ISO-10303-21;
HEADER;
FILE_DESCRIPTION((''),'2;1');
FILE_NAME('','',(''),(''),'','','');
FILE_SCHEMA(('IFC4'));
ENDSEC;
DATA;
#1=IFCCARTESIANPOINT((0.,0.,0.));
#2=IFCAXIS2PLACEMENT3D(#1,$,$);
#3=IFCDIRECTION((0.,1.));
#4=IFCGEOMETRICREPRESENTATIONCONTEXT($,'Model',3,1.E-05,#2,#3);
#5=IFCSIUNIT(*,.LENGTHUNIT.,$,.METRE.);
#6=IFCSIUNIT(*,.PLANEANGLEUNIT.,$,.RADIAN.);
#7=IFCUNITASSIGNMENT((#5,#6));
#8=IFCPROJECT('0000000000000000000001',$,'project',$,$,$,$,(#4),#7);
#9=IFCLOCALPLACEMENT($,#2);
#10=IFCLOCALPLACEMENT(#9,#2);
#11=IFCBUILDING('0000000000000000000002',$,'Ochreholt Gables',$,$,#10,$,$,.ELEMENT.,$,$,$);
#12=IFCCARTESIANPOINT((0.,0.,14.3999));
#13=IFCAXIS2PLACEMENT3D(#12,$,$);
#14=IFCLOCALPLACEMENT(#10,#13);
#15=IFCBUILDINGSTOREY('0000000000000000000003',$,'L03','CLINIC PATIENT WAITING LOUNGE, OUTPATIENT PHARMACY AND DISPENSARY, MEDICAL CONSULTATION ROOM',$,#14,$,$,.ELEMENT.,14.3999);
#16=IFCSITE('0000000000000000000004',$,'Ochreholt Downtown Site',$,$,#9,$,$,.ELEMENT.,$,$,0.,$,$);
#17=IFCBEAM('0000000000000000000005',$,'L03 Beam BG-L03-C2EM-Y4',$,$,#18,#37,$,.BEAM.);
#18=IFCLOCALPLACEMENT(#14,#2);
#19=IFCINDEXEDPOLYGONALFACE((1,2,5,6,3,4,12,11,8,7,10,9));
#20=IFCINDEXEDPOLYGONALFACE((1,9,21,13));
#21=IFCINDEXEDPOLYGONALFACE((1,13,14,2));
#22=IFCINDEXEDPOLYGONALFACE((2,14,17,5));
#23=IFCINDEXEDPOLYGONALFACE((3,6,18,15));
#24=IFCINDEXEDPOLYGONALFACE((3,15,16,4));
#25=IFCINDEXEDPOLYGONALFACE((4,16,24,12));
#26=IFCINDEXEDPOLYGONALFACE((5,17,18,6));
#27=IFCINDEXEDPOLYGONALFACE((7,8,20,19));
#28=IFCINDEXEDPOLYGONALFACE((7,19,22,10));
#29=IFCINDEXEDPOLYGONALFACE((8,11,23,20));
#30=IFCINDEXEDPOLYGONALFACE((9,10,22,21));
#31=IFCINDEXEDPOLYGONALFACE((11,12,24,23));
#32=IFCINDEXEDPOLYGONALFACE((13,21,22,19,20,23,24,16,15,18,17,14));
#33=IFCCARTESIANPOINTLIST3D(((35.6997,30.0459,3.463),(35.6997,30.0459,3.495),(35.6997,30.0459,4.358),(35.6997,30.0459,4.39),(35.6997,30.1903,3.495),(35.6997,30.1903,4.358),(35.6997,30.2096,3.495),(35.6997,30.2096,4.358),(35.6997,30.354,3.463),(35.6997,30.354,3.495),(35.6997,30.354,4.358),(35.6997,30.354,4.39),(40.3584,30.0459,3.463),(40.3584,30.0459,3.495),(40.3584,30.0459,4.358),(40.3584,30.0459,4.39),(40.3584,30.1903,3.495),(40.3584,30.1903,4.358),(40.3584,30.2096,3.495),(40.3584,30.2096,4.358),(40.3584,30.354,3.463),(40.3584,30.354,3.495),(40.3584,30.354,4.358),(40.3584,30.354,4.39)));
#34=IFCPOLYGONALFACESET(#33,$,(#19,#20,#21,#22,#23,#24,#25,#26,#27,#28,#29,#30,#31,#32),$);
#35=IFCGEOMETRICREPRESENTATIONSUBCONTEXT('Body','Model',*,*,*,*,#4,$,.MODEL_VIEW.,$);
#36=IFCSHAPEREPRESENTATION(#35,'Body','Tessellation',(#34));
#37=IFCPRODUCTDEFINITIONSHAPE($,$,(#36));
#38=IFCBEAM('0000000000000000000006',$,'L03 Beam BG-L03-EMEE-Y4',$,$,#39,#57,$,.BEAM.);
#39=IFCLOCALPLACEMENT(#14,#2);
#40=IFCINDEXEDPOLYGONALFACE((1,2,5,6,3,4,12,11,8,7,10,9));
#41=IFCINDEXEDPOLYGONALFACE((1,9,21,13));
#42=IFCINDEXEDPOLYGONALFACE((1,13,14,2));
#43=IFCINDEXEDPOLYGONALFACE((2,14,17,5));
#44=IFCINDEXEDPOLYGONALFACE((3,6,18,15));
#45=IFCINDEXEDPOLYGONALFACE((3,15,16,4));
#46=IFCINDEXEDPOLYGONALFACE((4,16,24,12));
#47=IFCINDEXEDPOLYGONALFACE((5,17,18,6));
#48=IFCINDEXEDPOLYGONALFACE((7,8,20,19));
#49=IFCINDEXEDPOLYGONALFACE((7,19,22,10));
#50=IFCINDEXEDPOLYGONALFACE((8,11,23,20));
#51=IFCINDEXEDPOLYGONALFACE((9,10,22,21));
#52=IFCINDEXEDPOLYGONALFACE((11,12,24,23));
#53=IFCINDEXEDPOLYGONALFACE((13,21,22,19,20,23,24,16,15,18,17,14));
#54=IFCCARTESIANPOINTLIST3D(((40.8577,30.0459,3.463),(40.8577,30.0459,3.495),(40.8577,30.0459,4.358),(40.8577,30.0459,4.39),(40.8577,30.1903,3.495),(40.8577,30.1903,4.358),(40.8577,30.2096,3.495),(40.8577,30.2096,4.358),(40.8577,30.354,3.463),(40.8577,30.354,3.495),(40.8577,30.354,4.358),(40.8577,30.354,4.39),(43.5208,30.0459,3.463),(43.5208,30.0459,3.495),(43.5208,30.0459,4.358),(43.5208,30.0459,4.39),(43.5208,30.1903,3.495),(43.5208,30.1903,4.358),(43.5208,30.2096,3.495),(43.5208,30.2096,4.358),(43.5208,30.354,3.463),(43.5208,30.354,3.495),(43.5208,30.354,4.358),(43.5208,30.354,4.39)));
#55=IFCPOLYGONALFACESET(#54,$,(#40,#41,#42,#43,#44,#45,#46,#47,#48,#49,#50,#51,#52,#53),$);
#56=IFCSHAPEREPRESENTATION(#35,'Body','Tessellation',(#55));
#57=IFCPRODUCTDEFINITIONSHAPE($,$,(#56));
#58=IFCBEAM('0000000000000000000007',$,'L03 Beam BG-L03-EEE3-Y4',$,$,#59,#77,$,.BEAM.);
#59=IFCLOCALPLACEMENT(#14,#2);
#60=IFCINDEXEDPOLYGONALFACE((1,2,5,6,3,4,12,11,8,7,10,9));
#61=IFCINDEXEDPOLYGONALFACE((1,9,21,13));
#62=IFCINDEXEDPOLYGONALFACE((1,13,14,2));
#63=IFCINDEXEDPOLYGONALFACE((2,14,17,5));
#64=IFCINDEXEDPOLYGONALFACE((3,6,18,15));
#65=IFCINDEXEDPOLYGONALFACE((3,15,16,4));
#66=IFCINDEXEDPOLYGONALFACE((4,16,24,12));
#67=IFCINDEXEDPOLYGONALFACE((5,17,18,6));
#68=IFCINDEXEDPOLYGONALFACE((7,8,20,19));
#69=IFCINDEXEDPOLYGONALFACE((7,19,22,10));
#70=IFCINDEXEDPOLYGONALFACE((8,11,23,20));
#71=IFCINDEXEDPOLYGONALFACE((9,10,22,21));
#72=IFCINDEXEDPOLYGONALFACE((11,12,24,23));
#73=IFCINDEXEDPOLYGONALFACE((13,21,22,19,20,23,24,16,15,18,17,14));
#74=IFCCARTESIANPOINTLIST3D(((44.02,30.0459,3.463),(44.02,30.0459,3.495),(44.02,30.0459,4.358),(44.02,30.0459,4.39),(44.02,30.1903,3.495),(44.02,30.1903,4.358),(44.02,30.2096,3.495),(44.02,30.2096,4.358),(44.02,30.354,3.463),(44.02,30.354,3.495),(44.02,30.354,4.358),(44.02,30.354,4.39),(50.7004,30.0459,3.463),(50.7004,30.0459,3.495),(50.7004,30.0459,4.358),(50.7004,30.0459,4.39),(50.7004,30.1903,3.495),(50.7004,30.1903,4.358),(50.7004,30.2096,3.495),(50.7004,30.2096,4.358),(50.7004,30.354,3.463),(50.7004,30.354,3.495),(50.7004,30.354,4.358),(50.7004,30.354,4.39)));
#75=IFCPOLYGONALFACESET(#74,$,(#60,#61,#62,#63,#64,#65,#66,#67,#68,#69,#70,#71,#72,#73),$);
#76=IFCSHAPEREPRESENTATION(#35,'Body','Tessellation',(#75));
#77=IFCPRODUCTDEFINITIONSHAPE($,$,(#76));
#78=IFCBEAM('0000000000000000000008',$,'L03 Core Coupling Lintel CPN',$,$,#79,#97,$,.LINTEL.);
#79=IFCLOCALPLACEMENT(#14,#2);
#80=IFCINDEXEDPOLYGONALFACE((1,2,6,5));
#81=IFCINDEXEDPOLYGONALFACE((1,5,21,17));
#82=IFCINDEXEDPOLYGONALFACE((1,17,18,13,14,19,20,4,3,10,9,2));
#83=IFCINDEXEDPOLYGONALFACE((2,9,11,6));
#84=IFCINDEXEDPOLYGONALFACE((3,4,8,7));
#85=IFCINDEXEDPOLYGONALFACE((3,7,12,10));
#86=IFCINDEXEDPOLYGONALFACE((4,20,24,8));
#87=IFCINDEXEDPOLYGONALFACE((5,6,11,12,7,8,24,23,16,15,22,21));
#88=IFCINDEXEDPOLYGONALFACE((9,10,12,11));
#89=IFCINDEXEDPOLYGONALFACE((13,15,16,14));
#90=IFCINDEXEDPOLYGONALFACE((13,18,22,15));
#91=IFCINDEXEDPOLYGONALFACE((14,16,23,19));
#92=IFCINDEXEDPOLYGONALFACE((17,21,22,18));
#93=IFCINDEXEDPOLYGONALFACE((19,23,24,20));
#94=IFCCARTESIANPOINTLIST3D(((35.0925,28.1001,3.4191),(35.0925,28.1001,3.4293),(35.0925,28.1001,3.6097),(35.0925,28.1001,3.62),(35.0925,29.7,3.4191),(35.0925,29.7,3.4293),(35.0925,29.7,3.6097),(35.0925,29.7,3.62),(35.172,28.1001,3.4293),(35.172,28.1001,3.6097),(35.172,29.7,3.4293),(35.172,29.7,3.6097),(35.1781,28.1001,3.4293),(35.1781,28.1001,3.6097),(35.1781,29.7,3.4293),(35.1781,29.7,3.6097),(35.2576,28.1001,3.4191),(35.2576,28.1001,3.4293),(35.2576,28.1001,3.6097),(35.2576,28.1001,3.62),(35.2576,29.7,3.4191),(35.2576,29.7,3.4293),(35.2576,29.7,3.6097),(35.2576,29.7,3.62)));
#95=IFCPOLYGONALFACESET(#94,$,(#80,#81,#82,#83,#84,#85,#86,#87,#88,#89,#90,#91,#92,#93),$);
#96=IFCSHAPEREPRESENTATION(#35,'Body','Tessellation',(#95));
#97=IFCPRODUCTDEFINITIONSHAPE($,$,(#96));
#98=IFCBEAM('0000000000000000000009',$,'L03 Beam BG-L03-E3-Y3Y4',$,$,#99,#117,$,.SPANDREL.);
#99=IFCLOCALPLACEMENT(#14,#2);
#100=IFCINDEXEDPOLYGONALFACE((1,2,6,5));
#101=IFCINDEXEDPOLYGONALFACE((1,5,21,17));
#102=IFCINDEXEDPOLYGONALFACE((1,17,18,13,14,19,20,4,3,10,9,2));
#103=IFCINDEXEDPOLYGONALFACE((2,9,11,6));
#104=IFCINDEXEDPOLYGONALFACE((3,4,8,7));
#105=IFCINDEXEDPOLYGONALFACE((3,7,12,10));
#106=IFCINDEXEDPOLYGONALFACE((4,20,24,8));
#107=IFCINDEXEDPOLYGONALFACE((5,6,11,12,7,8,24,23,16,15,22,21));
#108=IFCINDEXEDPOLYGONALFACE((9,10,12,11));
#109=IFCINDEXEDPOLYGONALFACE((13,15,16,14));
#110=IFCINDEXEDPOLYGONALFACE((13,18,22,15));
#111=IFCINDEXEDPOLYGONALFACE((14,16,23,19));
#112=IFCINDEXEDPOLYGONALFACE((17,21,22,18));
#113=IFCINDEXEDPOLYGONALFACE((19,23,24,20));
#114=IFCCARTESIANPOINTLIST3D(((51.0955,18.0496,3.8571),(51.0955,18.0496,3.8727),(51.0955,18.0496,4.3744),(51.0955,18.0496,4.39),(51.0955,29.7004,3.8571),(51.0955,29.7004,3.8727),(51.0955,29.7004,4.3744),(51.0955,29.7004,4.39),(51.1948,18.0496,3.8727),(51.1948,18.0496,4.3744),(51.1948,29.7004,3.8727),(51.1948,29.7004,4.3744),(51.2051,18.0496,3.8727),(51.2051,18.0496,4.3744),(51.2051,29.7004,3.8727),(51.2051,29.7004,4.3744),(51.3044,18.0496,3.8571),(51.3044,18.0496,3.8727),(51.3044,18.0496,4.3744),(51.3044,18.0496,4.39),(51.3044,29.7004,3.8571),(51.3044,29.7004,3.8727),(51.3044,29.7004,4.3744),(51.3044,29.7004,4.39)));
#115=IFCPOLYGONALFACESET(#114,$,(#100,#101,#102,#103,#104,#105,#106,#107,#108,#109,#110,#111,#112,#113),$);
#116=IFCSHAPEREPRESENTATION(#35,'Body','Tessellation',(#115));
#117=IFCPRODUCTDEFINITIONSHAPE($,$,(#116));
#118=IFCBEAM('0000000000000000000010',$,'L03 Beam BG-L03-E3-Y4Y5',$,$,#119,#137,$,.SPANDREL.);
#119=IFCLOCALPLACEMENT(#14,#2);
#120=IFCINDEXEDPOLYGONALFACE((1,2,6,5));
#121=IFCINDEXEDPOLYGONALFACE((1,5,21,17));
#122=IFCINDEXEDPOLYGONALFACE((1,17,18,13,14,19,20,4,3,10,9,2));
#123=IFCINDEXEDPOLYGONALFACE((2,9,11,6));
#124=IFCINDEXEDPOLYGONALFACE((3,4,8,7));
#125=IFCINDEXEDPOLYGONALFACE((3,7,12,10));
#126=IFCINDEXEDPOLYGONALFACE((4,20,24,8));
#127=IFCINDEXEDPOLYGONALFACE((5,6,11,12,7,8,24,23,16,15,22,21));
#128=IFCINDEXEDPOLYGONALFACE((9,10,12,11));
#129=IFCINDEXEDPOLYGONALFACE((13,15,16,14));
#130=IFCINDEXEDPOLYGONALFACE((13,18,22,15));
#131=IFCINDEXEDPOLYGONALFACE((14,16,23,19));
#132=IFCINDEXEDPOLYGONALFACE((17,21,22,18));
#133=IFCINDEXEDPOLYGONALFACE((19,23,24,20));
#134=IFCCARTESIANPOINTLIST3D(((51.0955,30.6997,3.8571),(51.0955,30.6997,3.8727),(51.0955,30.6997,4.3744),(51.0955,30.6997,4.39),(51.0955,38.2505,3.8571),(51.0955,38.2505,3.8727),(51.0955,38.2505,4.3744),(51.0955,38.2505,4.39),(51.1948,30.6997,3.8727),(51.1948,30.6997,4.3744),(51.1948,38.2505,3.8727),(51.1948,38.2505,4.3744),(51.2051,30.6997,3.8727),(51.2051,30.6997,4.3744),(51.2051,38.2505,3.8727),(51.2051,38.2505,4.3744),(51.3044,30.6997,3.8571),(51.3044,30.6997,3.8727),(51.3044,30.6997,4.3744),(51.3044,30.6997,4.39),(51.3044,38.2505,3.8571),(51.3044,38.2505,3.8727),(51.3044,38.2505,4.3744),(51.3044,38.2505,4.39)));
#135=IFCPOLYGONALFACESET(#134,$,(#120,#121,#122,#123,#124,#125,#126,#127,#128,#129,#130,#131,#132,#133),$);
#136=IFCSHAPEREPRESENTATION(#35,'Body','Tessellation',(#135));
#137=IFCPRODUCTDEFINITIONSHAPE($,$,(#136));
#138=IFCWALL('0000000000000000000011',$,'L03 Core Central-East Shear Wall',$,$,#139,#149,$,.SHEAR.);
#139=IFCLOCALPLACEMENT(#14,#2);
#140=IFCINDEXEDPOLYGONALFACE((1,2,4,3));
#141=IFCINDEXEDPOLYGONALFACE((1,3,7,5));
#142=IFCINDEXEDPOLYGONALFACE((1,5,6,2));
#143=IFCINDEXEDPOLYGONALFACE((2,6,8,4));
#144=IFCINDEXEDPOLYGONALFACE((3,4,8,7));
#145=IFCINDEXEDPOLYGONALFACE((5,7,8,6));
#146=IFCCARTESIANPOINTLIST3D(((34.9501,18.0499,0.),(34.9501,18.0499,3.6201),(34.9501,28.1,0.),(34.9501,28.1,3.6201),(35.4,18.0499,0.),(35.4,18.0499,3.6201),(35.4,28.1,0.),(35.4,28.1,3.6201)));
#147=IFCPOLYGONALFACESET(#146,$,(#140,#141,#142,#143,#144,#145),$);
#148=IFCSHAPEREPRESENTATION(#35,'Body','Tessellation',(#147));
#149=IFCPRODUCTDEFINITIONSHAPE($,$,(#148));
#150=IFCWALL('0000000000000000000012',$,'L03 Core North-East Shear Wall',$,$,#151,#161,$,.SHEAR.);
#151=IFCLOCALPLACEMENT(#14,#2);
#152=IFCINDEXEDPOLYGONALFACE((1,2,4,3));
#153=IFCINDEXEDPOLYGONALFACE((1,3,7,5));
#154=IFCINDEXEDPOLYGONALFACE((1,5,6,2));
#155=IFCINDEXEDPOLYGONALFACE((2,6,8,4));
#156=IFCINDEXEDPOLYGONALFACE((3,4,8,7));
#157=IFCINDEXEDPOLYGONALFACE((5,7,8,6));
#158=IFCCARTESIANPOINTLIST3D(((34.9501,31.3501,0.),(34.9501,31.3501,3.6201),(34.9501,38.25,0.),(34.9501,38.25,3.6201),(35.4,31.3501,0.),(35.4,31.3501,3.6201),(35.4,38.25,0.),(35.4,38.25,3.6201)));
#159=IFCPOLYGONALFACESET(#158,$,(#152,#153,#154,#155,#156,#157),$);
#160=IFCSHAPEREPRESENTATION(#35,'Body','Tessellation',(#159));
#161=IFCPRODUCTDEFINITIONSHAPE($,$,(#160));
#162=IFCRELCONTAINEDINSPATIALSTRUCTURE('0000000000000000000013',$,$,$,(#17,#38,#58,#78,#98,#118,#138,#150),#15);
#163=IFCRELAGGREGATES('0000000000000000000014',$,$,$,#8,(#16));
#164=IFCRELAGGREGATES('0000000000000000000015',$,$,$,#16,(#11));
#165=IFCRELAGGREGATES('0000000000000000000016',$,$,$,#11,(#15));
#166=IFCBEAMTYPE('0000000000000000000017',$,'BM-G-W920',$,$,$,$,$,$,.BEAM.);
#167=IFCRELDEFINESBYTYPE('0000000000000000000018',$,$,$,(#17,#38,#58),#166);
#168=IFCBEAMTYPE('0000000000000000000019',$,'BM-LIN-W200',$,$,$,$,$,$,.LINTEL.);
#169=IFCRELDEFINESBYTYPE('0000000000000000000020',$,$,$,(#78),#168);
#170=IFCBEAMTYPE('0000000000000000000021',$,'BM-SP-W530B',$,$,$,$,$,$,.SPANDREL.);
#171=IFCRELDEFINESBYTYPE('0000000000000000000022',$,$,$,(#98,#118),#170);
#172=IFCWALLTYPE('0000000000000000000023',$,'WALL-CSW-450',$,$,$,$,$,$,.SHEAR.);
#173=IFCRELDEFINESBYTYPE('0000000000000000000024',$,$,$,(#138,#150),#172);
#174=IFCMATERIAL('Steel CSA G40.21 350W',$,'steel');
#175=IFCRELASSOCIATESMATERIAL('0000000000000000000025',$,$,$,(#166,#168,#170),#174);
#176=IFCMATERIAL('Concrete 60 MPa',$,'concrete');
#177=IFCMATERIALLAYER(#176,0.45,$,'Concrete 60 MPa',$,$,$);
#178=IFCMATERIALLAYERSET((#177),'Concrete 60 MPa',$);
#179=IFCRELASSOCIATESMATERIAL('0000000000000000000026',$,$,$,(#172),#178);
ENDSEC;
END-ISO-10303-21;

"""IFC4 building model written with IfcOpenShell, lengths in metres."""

from ifc_helpers import new_model, si_unit, direction, frame, frame_2d, origin, origin_2d, place, context, subcontext, project, spatial, rectangle, i_section, extrude, material, layer, layer_set, material_profile, profile_set, type_object, element, save


model = new_model("IFC4")

# Units and contexts
model_context = context("Model", 3, precision=1e-05, world=origin(), true_north=direction((0.0, 1.0)))
body_context = subcontext(model_context, "Body", "Model", "MODEL_VIEW")
ifc_project = project(units=[si_unit("LENGTHUNIT", "METRE"), si_unit("PLANEANGLEUNIT", "RADIAN")], contexts=[model_context])

# Site, building, storey
site_placement = place(None, origin())
site = spatial("IfcSite", under=ifc_project, at=site_placement, Name="Ochreholt Downtown Site", CompositionType="ELEMENT", RefElevation=0.0)
building_placement = place(site_placement, origin())
building = spatial("IfcBuilding", under=site, at=building_placement, Name="Ochreholt Gables", CompositionType="ELEMENT")
storey_placement = place(building_placement, frame((0.0, 0.0, 14.3999)))
storey = spatial("IfcBuildingStorey", under=building, at=storey_placement, Name="L03", Description="CLINIC PATIENT WAITING LOUNGE, OUTPATIENT PHARMACY AND DISPENSARY, MEDICAL CONSULTATION ROOM", CompositionType="ELEMENT", Elevation=14.3999)

# Shared definitions
ifc_material_1 = material(Name="Steel CSA G40.21 350W", Category="steel")
ifc_material_2 = material(Name="Concrete 60 MPa", Category="concrete")

# Beams
ifc_material_profile_1 = material_profile(ifc_material_1, i_section(OverallWidth=0.3081, OverallDepth=0.927, WebThickness=0.0193, FlangeThickness=0.032, at=origin_2d()), Name="W920X289")
ifc_profile_set_1 = profile_set([ifc_material_profile_1], Name="Steel CSA G40.21 350W")
beam_type_1 = type_object("IfcBeamType", Name="BM-G-W920", PredefinedType="BEAM", material=ifc_profile_set_1)
beam_1_placement = place(storey_placement, frame((35.6997, 30.2, 3.9265), z_axis=(1.0, 0.0, 0.0), x_axis=(0.0, 1.0, 0.0)))
element("IfcBeam", 1, at=beam_1_placement, inside=storey, type_object=beam_type_1, Name="L03 Beam BG-L03-C2EM-Y4", PredefinedType="BEAM", context=body_context, shape_type="SweptSolid", body=[
    extrude(i_section(OverallWidth=0.3081, OverallDepth=0.927, WebThickness=0.0193, FlangeThickness=0.032, at=origin_2d()), origin(), (0.0, 0.0, 1.0), 4.6587),
])
beam_2_placement = place(storey_placement, frame((40.8577, 30.2, 3.9265), z_axis=(1.0, 0.0, 0.0), x_axis=(0.0, 1.0, 0.0)))
element("IfcBeam", 2, at=beam_2_placement, inside=storey, type_object=beam_type_1, Name="L03 Beam BG-L03-EMEE-Y4", PredefinedType="BEAM", context=body_context, shape_type="SweptSolid", body=[
    extrude(i_section(OverallWidth=0.3081, OverallDepth=0.927, WebThickness=0.0193, FlangeThickness=0.032, at=origin_2d()), origin(), (0.0, 0.0, 1.0), 2.6631),
])
beam_3_placement = place(storey_placement, frame((44.02, 30.2, 3.9265), z_axis=(1.0, 0.0, 0.0), x_axis=(0.0, 1.0, 0.0)))
element("IfcBeam", 3, at=beam_3_placement, inside=storey, type_object=beam_type_1, Name="L03 Beam BG-L03-EEE3-Y4", PredefinedType="BEAM", context=body_context, shape_type="SweptSolid", body=[
    extrude(i_section(OverallWidth=0.3081, OverallDepth=0.927, WebThickness=0.0193, FlangeThickness=0.032, at=origin_2d()), origin(), (0.0, 0.0, 1.0), 6.6804),
])
ifc_material_profile_2 = material_profile(ifc_material_1, i_section(OverallWidth=0.165, OverallDepth=0.2009, WebThickness=0.0061, FlangeThickness=0.0103, at=origin_2d()), Name="W200X36")
ifc_profile_set_2 = profile_set([ifc_material_profile_2], Name="Steel CSA G40.21 350W")
beam_type_2 = type_object("IfcBeamType", Name="BM-LIN-W200", PredefinedType="LINTEL", material=ifc_profile_set_2)
beam_4_placement = place(storey_placement, frame((35.175, 28.1001, 3.5195), z_axis=(0.0, 1.0, 0.0), x_axis=(-1.0, 0.0, 0.0)))
element("IfcBeam", 4, at=beam_4_placement, inside=storey, type_object=beam_type_2, Name="L03 Core Coupling Lintel CPN", PredefinedType="LINTEL", context=body_context, shape_type="SweptSolid", body=[
    extrude(i_section(OverallWidth=0.165, OverallDepth=0.2009, WebThickness=0.0061, FlangeThickness=0.0103, at=origin_2d()), origin(), (0.0, 0.0, 1.0), 1.5999),
])
ifc_material_profile_3 = material_profile(ifc_material_1, i_section(OverallWidth=0.209, OverallDepth=0.533, WebThickness=0.0103, FlangeThickness=0.0156, at=origin_2d()), Name="W530X92")
ifc_profile_set_3 = profile_set([ifc_material_profile_3], Name="Steel CSA G40.21 350W")
beam_type_3 = type_object("IfcBeamType", Name="BM-SP-W530B", PredefinedType="SPANDREL", material=ifc_profile_set_3)
beam_5_placement = place(storey_placement, frame((51.2, 18.0496, 4.1235), z_axis=(0.0, 1.0, 0.0), x_axis=(-1.0, 0.0, 0.0)))
element("IfcBeam", 5, at=beam_5_placement, inside=storey, type_object=beam_type_3, Name="L03 Beam BG-L03-E3-Y3Y4", PredefinedType="SPANDREL", context=body_context, shape_type="SweptSolid", body=[
    extrude(i_section(OverallWidth=0.209, OverallDepth=0.533, WebThickness=0.0103, FlangeThickness=0.0156, at=origin_2d()), origin(), (0.0, 0.0, 1.0), 11.6509),
])
beam_6_placement = place(storey_placement, frame((51.2, 30.6997, 4.1235), z_axis=(0.0, 1.0, 0.0), x_axis=(-1.0, 0.0, 0.0)))
element("IfcBeam", 6, at=beam_6_placement, inside=storey, type_object=beam_type_3, Name="L03 Beam BG-L03-E3-Y4Y5", PredefinedType="SPANDREL", context=body_context, shape_type="SweptSolid", body=[
    extrude(i_section(OverallWidth=0.209, OverallDepth=0.533, WebThickness=0.0103, FlangeThickness=0.0156, at=origin_2d()), origin(), (0.0, 0.0, 1.0), 7.5508),
])

# Walls
ifc_layer = layer(ifc_material_2, 0.45, Name="Concrete 60 MPa")
ifc_layer_set = layer_set([ifc_layer], Name="Concrete 60 MPa")
wall_type = type_object("IfcWallType", Name="WALL-CSW-450", PredefinedType="SHEAR", material=ifc_layer_set)
wall_1_placement = place(storey_placement, frame((35.175, 18.05, 0.0), z_axis=(0.0, 0.0, 1.0), x_axis=(0.0, 1.0, 0.0)))
element("IfcWall", 7, at=wall_1_placement, inside=storey, type_object=wall_type, Name="L03 Core Central-East Shear Wall", PredefinedType="SHEAR", context=body_context, shape_type="SweptSolid", body=[
    extrude(rectangle(XDim=10.05, YDim=0.45, at=frame_2d((5.0249, 0.0))), origin(), (0.0, 0.0, 1.0), 3.6201),
])
wall_2_placement = place(storey_placement, frame((35.175, 31.3501, 0.0), z_axis=(0.0, 0.0, 1.0), x_axis=(0.0, 1.0, 0.0)))
element("IfcWall", 8, at=wall_2_placement, inside=storey, type_object=wall_type, Name="L03 Core North-East Shear Wall", PredefinedType="SHEAR", context=body_context, shape_type="SweptSolid", body=[
    extrude(rectangle(XDim=6.8999, YDim=0.45, at=frame_2d((3.45, 0.0))), origin(), (0.0, 0.0, 1.0), 3.6201),
])

save(model, "model.ifc")
